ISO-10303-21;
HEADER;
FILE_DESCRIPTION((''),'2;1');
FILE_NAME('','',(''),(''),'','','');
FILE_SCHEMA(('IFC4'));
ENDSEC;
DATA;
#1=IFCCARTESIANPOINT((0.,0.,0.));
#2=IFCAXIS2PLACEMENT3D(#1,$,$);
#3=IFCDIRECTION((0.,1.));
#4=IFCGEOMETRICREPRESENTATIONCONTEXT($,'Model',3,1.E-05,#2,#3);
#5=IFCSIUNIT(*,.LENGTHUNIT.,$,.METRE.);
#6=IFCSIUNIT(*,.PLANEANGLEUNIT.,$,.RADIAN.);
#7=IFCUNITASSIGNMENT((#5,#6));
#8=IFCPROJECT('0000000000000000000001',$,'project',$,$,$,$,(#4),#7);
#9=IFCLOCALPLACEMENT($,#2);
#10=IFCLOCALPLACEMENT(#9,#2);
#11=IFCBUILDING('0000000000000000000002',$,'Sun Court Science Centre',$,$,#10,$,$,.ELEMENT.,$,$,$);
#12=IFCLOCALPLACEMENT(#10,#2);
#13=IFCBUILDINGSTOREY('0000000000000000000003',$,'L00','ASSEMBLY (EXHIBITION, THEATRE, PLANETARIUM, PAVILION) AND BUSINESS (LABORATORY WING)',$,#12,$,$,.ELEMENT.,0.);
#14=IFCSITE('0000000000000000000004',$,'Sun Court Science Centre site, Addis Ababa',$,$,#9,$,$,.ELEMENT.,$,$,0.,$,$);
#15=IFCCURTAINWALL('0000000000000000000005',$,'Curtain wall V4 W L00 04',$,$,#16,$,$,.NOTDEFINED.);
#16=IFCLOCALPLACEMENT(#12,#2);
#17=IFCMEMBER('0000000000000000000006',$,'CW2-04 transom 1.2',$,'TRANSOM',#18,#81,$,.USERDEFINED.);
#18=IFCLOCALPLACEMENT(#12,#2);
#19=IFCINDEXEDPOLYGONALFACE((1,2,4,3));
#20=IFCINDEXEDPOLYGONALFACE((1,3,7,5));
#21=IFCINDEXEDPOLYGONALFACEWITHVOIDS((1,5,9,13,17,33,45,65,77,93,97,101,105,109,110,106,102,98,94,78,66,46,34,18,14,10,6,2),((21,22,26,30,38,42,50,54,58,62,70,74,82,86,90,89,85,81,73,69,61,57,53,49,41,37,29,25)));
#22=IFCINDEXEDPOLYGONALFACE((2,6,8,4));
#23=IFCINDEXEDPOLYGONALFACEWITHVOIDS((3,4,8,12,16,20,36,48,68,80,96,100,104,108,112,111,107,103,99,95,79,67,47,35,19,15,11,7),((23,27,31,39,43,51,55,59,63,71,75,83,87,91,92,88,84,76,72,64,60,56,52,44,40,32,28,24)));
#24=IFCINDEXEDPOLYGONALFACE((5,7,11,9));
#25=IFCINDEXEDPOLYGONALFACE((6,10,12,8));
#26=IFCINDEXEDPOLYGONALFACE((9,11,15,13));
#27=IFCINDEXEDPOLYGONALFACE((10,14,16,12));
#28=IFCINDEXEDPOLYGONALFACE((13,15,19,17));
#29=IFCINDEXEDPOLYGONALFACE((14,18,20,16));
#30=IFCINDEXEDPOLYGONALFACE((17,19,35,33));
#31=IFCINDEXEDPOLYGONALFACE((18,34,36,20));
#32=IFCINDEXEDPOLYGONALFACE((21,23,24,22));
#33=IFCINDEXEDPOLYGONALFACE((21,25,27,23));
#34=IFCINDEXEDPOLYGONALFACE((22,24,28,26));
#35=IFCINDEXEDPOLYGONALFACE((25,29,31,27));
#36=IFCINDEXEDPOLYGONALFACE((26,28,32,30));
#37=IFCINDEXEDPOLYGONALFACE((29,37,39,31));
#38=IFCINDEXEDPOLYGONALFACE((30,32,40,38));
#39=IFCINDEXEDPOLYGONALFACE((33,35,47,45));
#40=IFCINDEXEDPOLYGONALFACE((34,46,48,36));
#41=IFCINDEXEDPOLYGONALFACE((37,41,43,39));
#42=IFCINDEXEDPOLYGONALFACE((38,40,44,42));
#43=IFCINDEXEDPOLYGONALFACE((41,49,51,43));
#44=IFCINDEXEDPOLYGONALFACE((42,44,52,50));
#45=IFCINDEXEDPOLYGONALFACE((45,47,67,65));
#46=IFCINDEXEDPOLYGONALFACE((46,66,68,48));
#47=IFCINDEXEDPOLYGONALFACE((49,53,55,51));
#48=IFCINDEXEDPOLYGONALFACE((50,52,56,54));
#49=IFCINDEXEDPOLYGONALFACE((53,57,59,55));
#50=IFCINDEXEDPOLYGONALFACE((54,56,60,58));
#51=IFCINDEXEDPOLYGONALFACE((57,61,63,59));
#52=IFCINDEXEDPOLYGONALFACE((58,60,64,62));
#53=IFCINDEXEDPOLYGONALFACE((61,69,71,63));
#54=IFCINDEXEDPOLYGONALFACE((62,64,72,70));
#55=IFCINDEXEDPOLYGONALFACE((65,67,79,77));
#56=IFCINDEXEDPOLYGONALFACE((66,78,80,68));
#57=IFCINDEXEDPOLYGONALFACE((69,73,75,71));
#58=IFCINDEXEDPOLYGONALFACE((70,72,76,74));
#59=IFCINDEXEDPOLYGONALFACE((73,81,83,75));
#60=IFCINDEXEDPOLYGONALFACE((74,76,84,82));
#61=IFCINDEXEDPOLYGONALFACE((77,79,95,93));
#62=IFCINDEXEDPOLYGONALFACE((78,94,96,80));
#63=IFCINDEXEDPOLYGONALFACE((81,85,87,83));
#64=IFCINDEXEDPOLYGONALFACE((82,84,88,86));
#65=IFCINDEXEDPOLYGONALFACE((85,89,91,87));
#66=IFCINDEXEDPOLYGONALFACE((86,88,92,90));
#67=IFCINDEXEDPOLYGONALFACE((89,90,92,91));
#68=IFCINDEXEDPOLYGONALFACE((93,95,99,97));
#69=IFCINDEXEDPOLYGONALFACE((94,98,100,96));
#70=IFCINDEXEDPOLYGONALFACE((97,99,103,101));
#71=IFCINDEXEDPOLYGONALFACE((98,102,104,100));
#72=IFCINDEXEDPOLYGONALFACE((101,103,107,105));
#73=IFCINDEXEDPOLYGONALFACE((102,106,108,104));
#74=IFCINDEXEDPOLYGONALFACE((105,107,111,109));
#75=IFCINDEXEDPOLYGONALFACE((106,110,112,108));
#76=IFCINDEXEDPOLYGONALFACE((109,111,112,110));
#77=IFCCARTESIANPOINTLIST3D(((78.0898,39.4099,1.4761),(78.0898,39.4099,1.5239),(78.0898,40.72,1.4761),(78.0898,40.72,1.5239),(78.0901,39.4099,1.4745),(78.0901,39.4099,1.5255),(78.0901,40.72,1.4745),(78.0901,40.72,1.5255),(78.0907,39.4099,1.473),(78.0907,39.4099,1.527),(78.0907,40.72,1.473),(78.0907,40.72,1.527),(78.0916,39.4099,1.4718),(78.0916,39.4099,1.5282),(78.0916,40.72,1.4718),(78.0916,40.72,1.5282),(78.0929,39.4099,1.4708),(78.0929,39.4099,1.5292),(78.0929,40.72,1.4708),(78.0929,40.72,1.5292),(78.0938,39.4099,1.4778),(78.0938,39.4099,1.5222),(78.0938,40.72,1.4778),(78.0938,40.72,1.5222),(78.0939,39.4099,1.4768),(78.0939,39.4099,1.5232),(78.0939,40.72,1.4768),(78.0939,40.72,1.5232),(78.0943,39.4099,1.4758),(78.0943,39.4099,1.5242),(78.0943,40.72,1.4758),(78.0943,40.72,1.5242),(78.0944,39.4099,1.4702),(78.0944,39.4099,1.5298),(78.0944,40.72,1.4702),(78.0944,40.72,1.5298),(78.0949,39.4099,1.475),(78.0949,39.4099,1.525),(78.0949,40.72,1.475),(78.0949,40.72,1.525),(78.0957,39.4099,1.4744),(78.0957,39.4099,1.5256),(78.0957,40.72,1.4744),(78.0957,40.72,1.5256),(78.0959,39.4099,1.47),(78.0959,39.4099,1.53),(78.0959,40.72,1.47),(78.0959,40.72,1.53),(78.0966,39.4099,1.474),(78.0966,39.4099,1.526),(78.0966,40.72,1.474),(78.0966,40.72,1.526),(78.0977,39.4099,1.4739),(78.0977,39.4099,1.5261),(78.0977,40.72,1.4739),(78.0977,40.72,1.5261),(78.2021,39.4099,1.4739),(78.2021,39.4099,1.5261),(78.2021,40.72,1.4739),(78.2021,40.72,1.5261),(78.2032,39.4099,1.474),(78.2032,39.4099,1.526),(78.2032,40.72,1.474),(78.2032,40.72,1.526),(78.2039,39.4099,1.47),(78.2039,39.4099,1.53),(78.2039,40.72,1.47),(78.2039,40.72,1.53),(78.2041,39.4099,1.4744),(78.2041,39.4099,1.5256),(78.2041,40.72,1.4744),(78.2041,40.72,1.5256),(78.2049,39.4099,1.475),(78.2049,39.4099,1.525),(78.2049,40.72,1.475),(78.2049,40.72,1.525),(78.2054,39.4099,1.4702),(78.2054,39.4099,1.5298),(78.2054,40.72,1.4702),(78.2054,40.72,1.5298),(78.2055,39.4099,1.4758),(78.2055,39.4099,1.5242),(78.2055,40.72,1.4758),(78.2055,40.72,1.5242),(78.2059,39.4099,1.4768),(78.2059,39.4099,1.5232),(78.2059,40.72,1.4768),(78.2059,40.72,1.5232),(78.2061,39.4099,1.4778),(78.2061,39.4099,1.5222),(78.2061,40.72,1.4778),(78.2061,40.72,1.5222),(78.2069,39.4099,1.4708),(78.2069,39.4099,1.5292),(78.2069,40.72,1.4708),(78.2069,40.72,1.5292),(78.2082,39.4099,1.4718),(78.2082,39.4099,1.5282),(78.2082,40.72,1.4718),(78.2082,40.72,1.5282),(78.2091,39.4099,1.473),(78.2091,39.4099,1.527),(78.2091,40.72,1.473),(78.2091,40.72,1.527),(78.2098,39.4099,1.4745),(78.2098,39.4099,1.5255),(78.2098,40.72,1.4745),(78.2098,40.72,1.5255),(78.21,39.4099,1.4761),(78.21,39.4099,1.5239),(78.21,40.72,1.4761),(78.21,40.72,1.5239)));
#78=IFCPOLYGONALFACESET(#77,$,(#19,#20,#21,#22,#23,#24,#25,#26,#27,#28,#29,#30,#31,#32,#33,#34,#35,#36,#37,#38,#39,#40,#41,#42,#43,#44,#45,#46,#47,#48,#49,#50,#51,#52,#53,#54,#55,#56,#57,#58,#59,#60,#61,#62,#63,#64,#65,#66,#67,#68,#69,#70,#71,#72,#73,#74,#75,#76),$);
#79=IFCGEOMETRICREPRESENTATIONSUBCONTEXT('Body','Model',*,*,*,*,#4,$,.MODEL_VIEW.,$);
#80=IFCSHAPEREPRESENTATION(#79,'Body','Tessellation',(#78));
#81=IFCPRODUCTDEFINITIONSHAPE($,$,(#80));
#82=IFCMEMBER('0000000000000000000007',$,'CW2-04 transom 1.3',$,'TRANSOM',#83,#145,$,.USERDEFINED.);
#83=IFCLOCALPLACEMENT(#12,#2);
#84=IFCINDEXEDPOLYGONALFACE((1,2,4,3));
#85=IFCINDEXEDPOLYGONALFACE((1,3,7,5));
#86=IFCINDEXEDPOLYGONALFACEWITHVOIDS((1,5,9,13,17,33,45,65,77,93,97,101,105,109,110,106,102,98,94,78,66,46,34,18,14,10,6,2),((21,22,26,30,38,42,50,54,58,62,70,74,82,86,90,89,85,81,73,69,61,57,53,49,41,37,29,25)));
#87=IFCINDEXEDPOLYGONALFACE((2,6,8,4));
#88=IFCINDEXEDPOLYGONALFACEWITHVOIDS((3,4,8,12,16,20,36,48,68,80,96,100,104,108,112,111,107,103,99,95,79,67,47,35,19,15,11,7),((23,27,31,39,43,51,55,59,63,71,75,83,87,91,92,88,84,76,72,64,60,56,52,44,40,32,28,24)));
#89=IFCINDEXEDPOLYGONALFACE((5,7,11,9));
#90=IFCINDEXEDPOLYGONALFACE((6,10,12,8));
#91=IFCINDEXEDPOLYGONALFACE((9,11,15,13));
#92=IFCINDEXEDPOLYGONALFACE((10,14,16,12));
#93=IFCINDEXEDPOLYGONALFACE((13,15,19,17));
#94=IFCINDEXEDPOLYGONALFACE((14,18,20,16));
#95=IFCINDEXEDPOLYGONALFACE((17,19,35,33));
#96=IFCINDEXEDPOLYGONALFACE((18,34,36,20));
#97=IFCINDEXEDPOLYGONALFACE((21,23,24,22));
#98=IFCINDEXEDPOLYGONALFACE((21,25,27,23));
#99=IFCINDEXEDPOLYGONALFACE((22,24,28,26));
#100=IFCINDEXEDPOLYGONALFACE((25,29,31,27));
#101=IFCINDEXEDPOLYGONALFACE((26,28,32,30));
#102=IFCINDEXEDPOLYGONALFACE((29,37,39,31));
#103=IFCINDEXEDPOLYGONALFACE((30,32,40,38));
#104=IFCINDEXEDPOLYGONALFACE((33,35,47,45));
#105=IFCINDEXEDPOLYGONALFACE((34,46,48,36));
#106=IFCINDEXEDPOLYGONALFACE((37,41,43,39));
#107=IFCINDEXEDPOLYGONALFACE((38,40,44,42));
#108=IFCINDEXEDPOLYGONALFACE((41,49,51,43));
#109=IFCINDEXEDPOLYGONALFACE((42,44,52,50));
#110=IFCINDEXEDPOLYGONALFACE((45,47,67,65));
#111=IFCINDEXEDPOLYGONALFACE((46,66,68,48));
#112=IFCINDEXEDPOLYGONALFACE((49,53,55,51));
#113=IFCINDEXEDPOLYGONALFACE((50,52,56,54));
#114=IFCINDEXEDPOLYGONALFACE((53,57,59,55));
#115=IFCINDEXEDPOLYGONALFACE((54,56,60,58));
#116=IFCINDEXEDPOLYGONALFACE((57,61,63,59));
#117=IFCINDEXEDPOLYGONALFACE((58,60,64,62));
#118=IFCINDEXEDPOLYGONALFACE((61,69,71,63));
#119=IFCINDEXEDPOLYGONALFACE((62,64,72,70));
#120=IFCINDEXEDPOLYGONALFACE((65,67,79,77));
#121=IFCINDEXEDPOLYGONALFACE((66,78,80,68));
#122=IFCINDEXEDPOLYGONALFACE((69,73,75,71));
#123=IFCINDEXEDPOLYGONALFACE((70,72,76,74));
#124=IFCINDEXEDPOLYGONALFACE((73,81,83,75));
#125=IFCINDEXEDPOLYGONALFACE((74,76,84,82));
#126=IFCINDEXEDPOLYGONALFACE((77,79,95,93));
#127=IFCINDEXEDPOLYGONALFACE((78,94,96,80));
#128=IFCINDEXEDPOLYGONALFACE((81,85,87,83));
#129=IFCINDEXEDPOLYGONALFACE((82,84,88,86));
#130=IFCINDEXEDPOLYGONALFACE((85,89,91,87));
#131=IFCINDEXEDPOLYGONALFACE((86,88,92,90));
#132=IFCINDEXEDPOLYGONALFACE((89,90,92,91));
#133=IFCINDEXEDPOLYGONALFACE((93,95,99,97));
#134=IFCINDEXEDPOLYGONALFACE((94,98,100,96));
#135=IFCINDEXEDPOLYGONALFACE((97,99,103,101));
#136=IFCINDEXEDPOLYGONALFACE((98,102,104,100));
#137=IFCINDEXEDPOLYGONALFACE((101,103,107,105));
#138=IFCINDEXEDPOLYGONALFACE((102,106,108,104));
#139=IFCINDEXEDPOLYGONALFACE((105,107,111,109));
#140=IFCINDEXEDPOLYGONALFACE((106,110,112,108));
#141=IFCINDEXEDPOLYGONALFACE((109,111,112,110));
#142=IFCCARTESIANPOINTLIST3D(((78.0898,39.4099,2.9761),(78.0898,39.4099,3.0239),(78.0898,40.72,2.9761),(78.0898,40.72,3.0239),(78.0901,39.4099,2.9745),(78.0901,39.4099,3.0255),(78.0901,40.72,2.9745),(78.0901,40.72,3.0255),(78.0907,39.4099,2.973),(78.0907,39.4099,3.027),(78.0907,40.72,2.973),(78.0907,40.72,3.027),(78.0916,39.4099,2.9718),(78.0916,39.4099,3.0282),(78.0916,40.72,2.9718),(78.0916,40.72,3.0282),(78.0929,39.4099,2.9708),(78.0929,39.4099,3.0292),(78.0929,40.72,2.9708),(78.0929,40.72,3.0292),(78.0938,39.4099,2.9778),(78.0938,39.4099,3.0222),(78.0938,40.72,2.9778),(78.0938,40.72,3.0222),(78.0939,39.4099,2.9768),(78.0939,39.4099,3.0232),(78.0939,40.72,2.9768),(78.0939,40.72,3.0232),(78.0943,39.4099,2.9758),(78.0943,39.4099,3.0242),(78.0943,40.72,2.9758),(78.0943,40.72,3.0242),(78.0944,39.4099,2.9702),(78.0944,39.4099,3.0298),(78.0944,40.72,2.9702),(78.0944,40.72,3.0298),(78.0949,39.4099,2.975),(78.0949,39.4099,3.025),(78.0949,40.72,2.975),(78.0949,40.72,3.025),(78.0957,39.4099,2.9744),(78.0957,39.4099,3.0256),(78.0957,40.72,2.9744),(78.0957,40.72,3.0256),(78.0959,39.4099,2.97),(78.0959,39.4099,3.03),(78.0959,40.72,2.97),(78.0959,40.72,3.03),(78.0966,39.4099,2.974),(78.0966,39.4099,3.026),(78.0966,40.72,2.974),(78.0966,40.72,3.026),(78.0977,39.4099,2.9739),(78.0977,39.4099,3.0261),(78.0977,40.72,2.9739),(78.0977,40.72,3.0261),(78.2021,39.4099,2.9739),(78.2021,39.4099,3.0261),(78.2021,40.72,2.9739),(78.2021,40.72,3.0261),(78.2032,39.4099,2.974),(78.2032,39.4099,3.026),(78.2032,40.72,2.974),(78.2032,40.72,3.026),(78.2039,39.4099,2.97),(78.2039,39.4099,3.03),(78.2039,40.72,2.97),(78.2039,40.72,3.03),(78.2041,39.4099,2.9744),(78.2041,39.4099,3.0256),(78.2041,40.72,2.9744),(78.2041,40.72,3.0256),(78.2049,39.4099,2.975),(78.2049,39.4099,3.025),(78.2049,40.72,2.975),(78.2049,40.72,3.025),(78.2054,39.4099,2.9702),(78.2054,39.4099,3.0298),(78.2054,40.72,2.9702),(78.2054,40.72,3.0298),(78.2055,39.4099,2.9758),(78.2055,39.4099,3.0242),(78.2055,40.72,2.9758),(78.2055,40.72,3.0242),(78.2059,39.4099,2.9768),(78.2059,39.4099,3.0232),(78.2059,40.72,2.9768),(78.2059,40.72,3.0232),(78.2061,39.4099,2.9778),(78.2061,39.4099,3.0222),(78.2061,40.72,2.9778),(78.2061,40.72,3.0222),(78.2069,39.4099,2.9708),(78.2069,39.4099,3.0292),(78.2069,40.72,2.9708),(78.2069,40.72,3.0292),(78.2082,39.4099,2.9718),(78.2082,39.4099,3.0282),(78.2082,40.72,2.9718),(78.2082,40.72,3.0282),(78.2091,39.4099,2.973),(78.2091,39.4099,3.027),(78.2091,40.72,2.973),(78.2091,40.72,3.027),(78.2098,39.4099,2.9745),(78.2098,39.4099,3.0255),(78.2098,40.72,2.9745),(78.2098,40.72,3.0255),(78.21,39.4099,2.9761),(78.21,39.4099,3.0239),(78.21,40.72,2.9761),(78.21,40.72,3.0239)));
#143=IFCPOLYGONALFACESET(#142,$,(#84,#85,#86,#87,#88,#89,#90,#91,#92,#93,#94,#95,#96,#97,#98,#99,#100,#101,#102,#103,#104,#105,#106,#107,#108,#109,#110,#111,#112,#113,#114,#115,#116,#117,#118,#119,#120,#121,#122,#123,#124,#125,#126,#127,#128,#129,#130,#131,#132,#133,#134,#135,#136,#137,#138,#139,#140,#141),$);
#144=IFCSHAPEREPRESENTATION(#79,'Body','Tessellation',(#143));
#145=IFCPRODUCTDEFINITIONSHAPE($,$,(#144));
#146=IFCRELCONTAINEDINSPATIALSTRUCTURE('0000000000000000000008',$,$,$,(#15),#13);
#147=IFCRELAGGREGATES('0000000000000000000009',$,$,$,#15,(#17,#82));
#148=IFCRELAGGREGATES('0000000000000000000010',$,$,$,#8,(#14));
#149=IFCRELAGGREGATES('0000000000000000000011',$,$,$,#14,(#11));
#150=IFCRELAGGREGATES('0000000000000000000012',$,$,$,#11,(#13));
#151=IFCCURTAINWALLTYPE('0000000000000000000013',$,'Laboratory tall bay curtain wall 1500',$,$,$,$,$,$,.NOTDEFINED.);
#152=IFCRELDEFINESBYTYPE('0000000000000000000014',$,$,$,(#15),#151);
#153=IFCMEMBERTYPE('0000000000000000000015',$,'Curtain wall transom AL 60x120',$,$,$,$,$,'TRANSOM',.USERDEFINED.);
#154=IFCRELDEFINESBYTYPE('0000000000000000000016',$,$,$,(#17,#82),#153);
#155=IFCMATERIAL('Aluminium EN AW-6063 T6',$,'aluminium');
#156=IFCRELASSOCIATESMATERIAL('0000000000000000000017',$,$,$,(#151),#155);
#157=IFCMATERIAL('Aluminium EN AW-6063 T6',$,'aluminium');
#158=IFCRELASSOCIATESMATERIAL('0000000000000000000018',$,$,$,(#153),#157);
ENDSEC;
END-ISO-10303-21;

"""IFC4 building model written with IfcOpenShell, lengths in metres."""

from ifc_helpers import new_model, si_unit, direction, frame, origin, origin_2d, place, context, subcontext, project, spatial, hollow_rectangle, extrude, material, material_profile, profile_set, type_object, element, aggregate, save


model = new_model("IFC4")

# Units and contexts
model_context = context("Model", 3, precision=1e-05, world=origin(), true_north=direction((0.0, 1.0)))
body_context = subcontext(model_context, "Body", "Model", "MODEL_VIEW")
ifc_project = project(units=[si_unit("LENGTHUNIT", "METRE"), si_unit("PLANEANGLEUNIT", "RADIAN")], contexts=[model_context])

# Site, building, storey
site_placement = place(None, origin())
site = spatial("IfcSite", under=ifc_project, at=site_placement, Name="Sun Court Science Centre site, Addis Ababa", CompositionType="ELEMENT", RefElevation=0.0)
building_placement = place(site_placement, origin())
building = spatial("IfcBuilding", under=site, at=building_placement, Name="Sun Court Science Centre", CompositionType="ELEMENT")
storey_placement = place(building_placement, origin())
storey = spatial("IfcBuildingStorey", under=building, at=storey_placement, Name="L00", Description="ASSEMBLY (EXHIBITION, THEATRE, PLANETARIUM, PAVILION) AND BUSINESS (LABORATORY WING)", CompositionType="ELEMENT", Elevation=0.0)

# Curtain wall, members
ifc_material_1 = material(Name="Aluminium EN AW-6063 T6", Category="aluminium")
curtain_wall_type = type_object("IfcCurtainWallType", Name="Laboratory tall bay curtain wall 1500", PredefinedType="NOTDEFINED", material=ifc_material_1)
curtain_wall_placement = place(storey_placement, origin())
curtain_wall = element("IfcCurtainWall", 1, at=curtain_wall_placement, inside=storey, type_object=curtain_wall_type, Name="Curtain wall V4 W L00 04", PredefinedType="NOTDEFINED")
ifc_material_2 = material(Name="Aluminium EN AW-6063 T6", Category="aluminium")
ifc_material_profile_1 = material_profile(ifc_material_2, hollow_rectangle(XDim=0.0601, YDim=0.1201, WallThickness=0.0039, InnerFilletRadius=0.0039, OuterFilletRadius=0.0061, at=origin_2d()), Name="AL 60x120x4")
ifc_profile_set_1 = profile_set([ifc_material_profile_1], Name="Aluminium EN AW-6063 T6")
member_type_1 = type_object("IfcMemberType", Name="Curtain wall transom AL 60x120", ElementType="TRANSOM", PredefinedType="USERDEFINED", material=ifc_profile_set_1)
member_1_placement = place(storey_placement, frame((78.1499, 39.4099, 1.5), z_axis=(0.0, 1.0, 0.0), x_axis=(0.0, 0.0, 1.0)))
member_1 = element("IfcMember", 2, at=member_1_placement, type_object=member_type_1, Name="CW2-04 transom 1.2", ObjectType="TRANSOM", PredefinedType="USERDEFINED", context=body_context, shape_type="SweptSolid", body=[
    extrude(hollow_rectangle(XDim=0.0601, YDim=0.1201, WallThickness=0.0039, InnerFilletRadius=0.0039, OuterFilletRadius=0.0061, at=origin_2d()), origin(), (0.0, 0.0, 1.0), 1.3101),
])
member_2_placement = place(storey_placement, frame((78.1499, 39.4099, 3.0), z_axis=(0.0, 1.0, 0.0), x_axis=(0.0, 0.0, 1.0)))
member_2 = element("IfcMember", 3, at=member_2_placement, type_object=member_type_1, Name="CW2-04 transom 1.3", ObjectType="TRANSOM", PredefinedType="USERDEFINED", context=body_context, shape_type="SweptSolid", body=[
    extrude(hollow_rectangle(XDim=0.0601, YDim=0.1201, WallThickness=0.0039, InnerFilletRadius=0.0039, OuterFilletRadius=0.0061, at=origin_2d()), origin(), (0.0, 0.0, 1.0), 1.3101),
])

aggregate(curtain_wall, [member_1, member_2])

save(model, "model.ifc")
